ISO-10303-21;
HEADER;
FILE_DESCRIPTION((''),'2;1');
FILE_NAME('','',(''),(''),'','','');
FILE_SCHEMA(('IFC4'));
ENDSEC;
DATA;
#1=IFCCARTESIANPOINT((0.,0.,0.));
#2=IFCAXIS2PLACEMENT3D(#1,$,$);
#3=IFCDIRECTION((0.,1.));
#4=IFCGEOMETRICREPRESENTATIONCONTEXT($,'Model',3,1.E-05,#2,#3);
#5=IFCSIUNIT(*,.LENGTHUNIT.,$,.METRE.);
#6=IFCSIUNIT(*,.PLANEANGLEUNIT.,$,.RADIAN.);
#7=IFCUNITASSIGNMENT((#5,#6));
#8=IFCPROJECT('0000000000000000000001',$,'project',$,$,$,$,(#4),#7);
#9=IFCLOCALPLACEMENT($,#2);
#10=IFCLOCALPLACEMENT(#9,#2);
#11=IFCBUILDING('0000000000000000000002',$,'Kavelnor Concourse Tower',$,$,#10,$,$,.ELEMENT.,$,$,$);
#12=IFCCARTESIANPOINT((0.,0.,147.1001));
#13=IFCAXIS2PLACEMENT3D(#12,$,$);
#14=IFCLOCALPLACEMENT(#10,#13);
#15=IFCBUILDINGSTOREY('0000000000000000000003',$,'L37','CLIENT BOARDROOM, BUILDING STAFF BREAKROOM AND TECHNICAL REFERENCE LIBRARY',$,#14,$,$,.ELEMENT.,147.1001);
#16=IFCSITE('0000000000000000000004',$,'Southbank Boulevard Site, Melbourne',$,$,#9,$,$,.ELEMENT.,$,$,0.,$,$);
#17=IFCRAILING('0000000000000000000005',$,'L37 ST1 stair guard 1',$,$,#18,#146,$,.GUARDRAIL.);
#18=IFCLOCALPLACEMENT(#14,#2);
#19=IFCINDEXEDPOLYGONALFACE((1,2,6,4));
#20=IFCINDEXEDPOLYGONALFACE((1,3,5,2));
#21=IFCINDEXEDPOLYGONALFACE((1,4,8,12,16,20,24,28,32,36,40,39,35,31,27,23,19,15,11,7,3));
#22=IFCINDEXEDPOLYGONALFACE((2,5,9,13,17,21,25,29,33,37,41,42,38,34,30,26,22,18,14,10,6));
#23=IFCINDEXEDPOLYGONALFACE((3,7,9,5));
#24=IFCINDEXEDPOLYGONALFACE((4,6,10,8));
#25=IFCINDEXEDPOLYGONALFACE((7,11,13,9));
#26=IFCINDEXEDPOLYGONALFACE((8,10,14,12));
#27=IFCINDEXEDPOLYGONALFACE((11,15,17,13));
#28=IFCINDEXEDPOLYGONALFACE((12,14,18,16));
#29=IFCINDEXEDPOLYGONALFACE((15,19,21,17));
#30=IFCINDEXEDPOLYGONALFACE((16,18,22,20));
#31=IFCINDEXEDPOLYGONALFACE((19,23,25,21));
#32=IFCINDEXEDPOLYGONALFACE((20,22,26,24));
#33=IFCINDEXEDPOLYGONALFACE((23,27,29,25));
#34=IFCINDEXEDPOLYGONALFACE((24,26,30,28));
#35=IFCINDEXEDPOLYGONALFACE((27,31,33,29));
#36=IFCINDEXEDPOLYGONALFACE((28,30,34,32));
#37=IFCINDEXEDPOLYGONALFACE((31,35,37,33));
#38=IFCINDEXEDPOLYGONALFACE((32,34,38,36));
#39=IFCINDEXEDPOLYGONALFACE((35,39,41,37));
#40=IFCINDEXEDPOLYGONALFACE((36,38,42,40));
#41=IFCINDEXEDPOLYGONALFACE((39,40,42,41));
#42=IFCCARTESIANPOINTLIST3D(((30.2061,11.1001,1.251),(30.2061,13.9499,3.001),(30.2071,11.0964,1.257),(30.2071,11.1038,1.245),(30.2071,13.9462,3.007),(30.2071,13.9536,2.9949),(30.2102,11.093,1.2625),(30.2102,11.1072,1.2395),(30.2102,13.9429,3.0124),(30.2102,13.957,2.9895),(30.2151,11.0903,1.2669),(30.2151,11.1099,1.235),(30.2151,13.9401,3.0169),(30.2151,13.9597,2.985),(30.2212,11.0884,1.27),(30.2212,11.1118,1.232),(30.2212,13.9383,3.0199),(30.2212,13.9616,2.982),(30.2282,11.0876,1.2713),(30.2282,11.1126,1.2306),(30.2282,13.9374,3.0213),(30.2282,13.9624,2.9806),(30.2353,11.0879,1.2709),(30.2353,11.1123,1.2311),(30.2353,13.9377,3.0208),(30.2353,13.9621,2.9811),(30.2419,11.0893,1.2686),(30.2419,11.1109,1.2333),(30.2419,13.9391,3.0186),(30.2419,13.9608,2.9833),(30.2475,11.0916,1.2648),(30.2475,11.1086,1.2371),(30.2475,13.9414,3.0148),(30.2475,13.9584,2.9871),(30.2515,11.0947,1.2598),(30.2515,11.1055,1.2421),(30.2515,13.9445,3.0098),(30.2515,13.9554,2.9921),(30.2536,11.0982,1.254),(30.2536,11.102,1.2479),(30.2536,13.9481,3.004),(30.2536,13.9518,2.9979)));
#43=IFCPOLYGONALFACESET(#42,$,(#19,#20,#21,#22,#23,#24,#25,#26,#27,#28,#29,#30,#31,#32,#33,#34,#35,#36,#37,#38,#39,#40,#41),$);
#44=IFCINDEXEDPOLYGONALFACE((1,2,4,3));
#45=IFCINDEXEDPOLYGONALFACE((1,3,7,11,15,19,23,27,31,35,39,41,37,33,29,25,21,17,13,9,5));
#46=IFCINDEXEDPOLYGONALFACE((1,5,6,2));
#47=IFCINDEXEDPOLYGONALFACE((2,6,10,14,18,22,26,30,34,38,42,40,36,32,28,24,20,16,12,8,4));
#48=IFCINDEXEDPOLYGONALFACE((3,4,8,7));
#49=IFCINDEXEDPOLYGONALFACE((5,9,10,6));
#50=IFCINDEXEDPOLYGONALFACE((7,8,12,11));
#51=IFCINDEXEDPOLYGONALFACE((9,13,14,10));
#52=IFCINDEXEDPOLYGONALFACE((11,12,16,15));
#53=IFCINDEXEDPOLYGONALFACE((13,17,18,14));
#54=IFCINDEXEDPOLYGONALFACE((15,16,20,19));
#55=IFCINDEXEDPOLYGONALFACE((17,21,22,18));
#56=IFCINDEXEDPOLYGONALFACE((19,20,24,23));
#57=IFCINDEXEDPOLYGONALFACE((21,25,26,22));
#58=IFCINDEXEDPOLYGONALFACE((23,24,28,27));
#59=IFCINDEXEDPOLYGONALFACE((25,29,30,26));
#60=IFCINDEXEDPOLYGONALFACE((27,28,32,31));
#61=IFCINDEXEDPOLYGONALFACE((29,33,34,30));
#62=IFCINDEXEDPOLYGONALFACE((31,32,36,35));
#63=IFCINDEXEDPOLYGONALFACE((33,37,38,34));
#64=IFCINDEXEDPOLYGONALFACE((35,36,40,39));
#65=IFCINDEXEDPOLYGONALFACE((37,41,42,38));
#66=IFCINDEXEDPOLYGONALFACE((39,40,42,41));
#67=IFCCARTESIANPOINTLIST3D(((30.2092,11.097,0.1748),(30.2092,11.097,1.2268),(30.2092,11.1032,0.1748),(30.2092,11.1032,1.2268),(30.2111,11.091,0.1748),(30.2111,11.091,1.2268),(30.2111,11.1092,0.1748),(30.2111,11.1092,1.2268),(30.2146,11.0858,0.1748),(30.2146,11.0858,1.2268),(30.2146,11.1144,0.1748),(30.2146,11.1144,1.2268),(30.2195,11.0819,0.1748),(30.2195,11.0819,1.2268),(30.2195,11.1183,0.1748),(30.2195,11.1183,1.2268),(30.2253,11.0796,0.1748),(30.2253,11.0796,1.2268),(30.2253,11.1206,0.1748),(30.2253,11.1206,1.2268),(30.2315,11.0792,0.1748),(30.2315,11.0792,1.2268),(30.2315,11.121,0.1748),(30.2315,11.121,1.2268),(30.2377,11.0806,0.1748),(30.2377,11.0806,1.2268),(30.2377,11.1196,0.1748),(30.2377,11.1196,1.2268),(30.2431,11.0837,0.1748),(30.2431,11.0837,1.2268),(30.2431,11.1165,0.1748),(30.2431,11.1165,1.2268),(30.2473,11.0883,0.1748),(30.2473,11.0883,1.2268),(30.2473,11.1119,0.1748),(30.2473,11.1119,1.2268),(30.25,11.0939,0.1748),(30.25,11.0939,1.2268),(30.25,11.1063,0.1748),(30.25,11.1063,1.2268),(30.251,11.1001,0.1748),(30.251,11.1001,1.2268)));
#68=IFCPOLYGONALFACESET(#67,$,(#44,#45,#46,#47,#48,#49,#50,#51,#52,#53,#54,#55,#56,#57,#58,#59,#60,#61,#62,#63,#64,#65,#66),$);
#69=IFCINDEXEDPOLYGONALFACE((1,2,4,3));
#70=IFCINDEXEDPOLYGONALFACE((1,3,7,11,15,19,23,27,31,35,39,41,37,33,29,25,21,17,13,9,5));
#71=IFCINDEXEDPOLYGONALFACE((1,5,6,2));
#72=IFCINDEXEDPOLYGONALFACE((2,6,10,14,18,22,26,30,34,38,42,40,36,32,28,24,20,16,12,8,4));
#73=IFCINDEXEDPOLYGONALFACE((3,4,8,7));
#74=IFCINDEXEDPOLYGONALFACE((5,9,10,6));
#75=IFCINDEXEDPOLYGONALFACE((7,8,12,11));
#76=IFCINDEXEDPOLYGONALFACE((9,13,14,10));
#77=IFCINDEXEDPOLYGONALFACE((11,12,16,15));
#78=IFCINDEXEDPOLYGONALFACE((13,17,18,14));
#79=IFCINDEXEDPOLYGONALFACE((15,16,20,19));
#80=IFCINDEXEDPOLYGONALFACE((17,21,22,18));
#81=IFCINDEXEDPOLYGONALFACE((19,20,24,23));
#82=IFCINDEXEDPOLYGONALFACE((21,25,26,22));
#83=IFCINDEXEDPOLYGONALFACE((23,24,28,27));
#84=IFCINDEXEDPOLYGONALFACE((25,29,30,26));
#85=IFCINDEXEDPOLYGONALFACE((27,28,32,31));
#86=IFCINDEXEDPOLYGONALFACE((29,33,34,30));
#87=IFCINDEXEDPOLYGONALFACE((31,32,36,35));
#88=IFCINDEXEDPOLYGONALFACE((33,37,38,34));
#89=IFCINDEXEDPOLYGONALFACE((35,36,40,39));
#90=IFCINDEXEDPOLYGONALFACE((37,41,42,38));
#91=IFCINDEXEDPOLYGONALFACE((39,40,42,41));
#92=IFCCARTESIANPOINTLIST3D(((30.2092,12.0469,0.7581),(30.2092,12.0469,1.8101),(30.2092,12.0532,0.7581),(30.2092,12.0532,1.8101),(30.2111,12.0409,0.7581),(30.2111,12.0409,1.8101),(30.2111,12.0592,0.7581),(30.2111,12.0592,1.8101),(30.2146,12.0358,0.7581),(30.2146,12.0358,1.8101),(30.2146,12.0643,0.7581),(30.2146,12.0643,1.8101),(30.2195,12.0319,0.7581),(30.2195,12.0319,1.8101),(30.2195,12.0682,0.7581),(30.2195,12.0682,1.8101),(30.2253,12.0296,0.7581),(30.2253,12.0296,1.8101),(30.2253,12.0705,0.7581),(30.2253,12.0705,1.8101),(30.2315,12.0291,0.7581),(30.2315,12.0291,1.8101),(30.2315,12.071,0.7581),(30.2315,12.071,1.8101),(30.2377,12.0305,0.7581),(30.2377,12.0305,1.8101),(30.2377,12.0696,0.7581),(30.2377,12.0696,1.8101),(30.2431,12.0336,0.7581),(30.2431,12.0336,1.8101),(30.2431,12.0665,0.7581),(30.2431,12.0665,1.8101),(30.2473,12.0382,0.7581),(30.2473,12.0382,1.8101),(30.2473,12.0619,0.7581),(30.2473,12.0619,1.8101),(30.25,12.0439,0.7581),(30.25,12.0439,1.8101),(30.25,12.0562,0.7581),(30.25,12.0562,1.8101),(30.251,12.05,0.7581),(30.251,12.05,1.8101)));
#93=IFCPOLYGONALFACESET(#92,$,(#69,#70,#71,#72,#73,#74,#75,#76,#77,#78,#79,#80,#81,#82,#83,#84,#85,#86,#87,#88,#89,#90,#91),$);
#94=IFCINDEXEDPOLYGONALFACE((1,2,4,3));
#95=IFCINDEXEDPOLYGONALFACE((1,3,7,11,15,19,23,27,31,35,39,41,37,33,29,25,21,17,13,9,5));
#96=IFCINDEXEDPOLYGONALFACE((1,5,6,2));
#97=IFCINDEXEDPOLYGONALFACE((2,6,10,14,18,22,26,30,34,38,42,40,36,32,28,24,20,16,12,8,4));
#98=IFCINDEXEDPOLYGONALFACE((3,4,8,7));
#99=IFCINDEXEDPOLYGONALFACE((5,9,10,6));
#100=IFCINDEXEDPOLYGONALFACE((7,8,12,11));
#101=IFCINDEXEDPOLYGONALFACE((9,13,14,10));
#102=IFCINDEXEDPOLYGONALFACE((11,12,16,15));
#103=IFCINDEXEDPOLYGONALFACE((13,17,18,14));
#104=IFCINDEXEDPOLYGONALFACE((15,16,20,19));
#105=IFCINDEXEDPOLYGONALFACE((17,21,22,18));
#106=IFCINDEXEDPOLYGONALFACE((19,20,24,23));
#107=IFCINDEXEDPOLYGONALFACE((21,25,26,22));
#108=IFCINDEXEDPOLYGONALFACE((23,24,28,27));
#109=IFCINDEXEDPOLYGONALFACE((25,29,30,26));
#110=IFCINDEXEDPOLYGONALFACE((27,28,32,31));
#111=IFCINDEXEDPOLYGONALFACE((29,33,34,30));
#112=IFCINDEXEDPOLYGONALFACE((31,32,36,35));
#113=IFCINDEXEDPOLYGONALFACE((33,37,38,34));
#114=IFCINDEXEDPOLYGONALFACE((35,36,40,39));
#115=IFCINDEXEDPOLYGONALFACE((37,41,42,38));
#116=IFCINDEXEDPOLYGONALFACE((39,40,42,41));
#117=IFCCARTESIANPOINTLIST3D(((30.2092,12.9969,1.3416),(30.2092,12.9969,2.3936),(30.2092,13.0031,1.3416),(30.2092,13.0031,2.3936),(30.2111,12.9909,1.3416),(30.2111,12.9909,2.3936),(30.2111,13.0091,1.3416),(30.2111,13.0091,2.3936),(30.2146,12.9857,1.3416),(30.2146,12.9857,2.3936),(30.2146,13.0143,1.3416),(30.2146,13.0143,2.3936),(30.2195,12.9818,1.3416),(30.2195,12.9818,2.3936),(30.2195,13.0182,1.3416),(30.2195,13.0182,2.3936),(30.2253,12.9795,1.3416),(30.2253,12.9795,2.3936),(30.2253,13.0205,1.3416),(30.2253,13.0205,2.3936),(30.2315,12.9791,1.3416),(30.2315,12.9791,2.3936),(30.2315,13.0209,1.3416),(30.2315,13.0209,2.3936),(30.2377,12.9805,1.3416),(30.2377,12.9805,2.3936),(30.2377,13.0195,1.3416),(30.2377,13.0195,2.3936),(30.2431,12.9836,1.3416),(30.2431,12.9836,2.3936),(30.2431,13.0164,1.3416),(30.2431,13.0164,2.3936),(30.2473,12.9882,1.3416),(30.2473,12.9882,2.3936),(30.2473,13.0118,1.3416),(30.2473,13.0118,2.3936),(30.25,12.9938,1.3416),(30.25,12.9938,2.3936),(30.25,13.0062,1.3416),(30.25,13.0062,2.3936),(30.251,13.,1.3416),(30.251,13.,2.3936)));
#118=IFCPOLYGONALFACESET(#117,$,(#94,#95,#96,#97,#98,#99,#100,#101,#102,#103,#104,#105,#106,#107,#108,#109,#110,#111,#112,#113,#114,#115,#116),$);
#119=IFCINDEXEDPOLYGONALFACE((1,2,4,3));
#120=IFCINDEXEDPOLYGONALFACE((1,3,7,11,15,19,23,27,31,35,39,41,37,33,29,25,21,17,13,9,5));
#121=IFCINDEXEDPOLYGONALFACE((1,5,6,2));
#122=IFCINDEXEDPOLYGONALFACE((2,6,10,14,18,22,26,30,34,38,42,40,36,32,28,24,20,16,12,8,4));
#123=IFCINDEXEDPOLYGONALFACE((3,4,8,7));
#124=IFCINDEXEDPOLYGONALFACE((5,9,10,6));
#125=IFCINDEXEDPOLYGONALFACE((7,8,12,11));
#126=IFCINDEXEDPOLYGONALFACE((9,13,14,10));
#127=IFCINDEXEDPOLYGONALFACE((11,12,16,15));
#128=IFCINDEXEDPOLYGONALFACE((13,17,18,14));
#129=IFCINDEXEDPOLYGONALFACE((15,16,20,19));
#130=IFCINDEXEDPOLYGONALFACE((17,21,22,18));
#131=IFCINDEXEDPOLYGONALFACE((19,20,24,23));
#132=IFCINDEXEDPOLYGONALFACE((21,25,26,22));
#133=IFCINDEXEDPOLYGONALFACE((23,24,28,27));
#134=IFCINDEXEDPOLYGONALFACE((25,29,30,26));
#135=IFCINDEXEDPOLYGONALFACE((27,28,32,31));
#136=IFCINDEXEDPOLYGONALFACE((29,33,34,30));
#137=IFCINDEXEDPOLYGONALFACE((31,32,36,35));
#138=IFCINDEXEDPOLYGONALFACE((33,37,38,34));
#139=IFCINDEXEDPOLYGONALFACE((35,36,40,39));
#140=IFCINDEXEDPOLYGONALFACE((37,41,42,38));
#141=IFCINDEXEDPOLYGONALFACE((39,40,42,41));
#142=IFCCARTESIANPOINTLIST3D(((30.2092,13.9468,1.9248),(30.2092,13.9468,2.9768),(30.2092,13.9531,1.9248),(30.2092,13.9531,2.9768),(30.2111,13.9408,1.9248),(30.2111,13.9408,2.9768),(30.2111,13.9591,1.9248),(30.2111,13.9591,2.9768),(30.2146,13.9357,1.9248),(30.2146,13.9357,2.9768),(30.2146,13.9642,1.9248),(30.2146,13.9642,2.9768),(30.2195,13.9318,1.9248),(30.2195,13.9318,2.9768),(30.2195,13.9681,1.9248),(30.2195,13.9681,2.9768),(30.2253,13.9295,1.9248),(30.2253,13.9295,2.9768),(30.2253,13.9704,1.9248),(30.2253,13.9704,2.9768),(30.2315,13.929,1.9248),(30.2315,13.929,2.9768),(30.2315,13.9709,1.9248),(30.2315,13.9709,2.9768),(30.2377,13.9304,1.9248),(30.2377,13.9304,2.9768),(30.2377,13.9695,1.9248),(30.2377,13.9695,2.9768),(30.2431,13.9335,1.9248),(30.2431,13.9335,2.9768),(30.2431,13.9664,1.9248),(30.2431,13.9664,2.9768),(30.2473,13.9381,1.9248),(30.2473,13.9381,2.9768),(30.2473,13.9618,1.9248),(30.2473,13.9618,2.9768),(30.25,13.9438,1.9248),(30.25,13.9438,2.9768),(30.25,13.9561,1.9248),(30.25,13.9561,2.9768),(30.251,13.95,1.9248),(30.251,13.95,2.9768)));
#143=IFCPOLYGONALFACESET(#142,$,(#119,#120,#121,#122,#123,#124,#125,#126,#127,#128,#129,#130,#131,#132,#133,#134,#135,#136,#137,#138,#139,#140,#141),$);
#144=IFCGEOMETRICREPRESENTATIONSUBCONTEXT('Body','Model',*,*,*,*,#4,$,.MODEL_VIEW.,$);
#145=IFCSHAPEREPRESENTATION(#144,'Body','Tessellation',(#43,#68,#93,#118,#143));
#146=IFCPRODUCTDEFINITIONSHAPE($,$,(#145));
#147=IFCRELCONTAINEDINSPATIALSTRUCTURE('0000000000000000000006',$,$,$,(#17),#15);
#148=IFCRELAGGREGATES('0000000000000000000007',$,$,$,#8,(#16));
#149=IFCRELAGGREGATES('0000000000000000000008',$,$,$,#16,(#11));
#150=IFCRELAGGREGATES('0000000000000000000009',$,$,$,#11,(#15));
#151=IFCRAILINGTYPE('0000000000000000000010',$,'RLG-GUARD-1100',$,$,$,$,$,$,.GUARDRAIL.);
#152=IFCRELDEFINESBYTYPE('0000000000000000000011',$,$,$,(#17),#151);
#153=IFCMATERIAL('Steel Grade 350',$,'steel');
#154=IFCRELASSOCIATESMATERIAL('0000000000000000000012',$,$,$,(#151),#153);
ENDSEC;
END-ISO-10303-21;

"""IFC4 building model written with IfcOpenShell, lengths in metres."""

from ifc_helpers import new_model, si_unit, direction, frame, origin, origin_2d, place, context, subcontext, project, spatial, circle, extrude, material, type_object, element, save


model = new_model("IFC4")

# Units and contexts
model_context = context("Model", 3, precision=1e-05, world=origin(), true_north=direction((0.0, 1.0)))
body_context = subcontext(model_context, "Body", "Model", "MODEL_VIEW")
ifc_project = project(units=[si_unit("LENGTHUNIT", "METRE"), si_unit("PLANEANGLEUNIT", "RADIAN")], contexts=[model_context])

# Site, building, storey
site_placement = place(None, origin())
site = spatial("IfcSite", under=ifc_project, at=site_placement, Name="Southbank Boulevard Site, Melbourne", CompositionType="ELEMENT", RefElevation=0.0)
building_placement = place(site_placement, origin())
building = spatial("IfcBuilding", under=site, at=building_placement, Name="Kavelnor Concourse Tower", CompositionType="ELEMENT")
storey_placement = place(building_placement, frame((0.0, 0.0, 147.1001)))
storey = spatial("IfcBuildingStorey", under=building, at=storey_placement, Name="L37", Description="CLIENT BOARDROOM, BUILDING STAFF BREAKROOM AND TECHNICAL REFERENCE LIBRARY", CompositionType="ELEMENT", Elevation=147.1001)

# Shared definitions
ifc_material_1 = material(Name="Steel Grade 350", Category="steel")

# Railing
railing_type_1 = type_object("IfcRailingType", Name="RLG-GUARD-1100", PredefinedType="GUARDRAIL", material=ifc_material_1)
railing_1_placement = place(storey_placement, frame((30.23, 11.1001, 0.1748)))
element("IfcRailing", 1, at=railing_1_placement, inside=storey, type_object=railing_type_1, Name="L37 ST1 stair guard 1", PredefinedType="GUARDRAIL", context=body_context, shape_type="SweptSolid", body=[
    extrude(circle(Radius=0.0239, at=origin_2d()), frame((0.0, 0.0, 1.0762), z_axis=(0.0, 0.852159, 0.523283), x_axis=(-1.0, 0.0, 0.0)), (0.0, 0.0, 1.0), 3.3442),
    extrude(circle(Radius=0.021, at=origin_2d()), origin(), (0.0, 0.0, 1.0), 1.052),
    extrude(circle(Radius=0.021, at=origin_2d()), frame((0.0, 0.95, 0.5833)), (0.0, 0.0, 1.0), 1.052),
    extrude(circle(Radius=0.021, at=origin_2d()), frame((0.0, 1.8999, 1.1667)), (0.0, 0.0, 1.0), 1.052),
    extrude(circle(Radius=0.021, at=origin_2d()), frame((0.0, 2.8499, 1.75)), (0.0, 0.0, 1.0), 1.052),
])

save(model, "model.ifc")
